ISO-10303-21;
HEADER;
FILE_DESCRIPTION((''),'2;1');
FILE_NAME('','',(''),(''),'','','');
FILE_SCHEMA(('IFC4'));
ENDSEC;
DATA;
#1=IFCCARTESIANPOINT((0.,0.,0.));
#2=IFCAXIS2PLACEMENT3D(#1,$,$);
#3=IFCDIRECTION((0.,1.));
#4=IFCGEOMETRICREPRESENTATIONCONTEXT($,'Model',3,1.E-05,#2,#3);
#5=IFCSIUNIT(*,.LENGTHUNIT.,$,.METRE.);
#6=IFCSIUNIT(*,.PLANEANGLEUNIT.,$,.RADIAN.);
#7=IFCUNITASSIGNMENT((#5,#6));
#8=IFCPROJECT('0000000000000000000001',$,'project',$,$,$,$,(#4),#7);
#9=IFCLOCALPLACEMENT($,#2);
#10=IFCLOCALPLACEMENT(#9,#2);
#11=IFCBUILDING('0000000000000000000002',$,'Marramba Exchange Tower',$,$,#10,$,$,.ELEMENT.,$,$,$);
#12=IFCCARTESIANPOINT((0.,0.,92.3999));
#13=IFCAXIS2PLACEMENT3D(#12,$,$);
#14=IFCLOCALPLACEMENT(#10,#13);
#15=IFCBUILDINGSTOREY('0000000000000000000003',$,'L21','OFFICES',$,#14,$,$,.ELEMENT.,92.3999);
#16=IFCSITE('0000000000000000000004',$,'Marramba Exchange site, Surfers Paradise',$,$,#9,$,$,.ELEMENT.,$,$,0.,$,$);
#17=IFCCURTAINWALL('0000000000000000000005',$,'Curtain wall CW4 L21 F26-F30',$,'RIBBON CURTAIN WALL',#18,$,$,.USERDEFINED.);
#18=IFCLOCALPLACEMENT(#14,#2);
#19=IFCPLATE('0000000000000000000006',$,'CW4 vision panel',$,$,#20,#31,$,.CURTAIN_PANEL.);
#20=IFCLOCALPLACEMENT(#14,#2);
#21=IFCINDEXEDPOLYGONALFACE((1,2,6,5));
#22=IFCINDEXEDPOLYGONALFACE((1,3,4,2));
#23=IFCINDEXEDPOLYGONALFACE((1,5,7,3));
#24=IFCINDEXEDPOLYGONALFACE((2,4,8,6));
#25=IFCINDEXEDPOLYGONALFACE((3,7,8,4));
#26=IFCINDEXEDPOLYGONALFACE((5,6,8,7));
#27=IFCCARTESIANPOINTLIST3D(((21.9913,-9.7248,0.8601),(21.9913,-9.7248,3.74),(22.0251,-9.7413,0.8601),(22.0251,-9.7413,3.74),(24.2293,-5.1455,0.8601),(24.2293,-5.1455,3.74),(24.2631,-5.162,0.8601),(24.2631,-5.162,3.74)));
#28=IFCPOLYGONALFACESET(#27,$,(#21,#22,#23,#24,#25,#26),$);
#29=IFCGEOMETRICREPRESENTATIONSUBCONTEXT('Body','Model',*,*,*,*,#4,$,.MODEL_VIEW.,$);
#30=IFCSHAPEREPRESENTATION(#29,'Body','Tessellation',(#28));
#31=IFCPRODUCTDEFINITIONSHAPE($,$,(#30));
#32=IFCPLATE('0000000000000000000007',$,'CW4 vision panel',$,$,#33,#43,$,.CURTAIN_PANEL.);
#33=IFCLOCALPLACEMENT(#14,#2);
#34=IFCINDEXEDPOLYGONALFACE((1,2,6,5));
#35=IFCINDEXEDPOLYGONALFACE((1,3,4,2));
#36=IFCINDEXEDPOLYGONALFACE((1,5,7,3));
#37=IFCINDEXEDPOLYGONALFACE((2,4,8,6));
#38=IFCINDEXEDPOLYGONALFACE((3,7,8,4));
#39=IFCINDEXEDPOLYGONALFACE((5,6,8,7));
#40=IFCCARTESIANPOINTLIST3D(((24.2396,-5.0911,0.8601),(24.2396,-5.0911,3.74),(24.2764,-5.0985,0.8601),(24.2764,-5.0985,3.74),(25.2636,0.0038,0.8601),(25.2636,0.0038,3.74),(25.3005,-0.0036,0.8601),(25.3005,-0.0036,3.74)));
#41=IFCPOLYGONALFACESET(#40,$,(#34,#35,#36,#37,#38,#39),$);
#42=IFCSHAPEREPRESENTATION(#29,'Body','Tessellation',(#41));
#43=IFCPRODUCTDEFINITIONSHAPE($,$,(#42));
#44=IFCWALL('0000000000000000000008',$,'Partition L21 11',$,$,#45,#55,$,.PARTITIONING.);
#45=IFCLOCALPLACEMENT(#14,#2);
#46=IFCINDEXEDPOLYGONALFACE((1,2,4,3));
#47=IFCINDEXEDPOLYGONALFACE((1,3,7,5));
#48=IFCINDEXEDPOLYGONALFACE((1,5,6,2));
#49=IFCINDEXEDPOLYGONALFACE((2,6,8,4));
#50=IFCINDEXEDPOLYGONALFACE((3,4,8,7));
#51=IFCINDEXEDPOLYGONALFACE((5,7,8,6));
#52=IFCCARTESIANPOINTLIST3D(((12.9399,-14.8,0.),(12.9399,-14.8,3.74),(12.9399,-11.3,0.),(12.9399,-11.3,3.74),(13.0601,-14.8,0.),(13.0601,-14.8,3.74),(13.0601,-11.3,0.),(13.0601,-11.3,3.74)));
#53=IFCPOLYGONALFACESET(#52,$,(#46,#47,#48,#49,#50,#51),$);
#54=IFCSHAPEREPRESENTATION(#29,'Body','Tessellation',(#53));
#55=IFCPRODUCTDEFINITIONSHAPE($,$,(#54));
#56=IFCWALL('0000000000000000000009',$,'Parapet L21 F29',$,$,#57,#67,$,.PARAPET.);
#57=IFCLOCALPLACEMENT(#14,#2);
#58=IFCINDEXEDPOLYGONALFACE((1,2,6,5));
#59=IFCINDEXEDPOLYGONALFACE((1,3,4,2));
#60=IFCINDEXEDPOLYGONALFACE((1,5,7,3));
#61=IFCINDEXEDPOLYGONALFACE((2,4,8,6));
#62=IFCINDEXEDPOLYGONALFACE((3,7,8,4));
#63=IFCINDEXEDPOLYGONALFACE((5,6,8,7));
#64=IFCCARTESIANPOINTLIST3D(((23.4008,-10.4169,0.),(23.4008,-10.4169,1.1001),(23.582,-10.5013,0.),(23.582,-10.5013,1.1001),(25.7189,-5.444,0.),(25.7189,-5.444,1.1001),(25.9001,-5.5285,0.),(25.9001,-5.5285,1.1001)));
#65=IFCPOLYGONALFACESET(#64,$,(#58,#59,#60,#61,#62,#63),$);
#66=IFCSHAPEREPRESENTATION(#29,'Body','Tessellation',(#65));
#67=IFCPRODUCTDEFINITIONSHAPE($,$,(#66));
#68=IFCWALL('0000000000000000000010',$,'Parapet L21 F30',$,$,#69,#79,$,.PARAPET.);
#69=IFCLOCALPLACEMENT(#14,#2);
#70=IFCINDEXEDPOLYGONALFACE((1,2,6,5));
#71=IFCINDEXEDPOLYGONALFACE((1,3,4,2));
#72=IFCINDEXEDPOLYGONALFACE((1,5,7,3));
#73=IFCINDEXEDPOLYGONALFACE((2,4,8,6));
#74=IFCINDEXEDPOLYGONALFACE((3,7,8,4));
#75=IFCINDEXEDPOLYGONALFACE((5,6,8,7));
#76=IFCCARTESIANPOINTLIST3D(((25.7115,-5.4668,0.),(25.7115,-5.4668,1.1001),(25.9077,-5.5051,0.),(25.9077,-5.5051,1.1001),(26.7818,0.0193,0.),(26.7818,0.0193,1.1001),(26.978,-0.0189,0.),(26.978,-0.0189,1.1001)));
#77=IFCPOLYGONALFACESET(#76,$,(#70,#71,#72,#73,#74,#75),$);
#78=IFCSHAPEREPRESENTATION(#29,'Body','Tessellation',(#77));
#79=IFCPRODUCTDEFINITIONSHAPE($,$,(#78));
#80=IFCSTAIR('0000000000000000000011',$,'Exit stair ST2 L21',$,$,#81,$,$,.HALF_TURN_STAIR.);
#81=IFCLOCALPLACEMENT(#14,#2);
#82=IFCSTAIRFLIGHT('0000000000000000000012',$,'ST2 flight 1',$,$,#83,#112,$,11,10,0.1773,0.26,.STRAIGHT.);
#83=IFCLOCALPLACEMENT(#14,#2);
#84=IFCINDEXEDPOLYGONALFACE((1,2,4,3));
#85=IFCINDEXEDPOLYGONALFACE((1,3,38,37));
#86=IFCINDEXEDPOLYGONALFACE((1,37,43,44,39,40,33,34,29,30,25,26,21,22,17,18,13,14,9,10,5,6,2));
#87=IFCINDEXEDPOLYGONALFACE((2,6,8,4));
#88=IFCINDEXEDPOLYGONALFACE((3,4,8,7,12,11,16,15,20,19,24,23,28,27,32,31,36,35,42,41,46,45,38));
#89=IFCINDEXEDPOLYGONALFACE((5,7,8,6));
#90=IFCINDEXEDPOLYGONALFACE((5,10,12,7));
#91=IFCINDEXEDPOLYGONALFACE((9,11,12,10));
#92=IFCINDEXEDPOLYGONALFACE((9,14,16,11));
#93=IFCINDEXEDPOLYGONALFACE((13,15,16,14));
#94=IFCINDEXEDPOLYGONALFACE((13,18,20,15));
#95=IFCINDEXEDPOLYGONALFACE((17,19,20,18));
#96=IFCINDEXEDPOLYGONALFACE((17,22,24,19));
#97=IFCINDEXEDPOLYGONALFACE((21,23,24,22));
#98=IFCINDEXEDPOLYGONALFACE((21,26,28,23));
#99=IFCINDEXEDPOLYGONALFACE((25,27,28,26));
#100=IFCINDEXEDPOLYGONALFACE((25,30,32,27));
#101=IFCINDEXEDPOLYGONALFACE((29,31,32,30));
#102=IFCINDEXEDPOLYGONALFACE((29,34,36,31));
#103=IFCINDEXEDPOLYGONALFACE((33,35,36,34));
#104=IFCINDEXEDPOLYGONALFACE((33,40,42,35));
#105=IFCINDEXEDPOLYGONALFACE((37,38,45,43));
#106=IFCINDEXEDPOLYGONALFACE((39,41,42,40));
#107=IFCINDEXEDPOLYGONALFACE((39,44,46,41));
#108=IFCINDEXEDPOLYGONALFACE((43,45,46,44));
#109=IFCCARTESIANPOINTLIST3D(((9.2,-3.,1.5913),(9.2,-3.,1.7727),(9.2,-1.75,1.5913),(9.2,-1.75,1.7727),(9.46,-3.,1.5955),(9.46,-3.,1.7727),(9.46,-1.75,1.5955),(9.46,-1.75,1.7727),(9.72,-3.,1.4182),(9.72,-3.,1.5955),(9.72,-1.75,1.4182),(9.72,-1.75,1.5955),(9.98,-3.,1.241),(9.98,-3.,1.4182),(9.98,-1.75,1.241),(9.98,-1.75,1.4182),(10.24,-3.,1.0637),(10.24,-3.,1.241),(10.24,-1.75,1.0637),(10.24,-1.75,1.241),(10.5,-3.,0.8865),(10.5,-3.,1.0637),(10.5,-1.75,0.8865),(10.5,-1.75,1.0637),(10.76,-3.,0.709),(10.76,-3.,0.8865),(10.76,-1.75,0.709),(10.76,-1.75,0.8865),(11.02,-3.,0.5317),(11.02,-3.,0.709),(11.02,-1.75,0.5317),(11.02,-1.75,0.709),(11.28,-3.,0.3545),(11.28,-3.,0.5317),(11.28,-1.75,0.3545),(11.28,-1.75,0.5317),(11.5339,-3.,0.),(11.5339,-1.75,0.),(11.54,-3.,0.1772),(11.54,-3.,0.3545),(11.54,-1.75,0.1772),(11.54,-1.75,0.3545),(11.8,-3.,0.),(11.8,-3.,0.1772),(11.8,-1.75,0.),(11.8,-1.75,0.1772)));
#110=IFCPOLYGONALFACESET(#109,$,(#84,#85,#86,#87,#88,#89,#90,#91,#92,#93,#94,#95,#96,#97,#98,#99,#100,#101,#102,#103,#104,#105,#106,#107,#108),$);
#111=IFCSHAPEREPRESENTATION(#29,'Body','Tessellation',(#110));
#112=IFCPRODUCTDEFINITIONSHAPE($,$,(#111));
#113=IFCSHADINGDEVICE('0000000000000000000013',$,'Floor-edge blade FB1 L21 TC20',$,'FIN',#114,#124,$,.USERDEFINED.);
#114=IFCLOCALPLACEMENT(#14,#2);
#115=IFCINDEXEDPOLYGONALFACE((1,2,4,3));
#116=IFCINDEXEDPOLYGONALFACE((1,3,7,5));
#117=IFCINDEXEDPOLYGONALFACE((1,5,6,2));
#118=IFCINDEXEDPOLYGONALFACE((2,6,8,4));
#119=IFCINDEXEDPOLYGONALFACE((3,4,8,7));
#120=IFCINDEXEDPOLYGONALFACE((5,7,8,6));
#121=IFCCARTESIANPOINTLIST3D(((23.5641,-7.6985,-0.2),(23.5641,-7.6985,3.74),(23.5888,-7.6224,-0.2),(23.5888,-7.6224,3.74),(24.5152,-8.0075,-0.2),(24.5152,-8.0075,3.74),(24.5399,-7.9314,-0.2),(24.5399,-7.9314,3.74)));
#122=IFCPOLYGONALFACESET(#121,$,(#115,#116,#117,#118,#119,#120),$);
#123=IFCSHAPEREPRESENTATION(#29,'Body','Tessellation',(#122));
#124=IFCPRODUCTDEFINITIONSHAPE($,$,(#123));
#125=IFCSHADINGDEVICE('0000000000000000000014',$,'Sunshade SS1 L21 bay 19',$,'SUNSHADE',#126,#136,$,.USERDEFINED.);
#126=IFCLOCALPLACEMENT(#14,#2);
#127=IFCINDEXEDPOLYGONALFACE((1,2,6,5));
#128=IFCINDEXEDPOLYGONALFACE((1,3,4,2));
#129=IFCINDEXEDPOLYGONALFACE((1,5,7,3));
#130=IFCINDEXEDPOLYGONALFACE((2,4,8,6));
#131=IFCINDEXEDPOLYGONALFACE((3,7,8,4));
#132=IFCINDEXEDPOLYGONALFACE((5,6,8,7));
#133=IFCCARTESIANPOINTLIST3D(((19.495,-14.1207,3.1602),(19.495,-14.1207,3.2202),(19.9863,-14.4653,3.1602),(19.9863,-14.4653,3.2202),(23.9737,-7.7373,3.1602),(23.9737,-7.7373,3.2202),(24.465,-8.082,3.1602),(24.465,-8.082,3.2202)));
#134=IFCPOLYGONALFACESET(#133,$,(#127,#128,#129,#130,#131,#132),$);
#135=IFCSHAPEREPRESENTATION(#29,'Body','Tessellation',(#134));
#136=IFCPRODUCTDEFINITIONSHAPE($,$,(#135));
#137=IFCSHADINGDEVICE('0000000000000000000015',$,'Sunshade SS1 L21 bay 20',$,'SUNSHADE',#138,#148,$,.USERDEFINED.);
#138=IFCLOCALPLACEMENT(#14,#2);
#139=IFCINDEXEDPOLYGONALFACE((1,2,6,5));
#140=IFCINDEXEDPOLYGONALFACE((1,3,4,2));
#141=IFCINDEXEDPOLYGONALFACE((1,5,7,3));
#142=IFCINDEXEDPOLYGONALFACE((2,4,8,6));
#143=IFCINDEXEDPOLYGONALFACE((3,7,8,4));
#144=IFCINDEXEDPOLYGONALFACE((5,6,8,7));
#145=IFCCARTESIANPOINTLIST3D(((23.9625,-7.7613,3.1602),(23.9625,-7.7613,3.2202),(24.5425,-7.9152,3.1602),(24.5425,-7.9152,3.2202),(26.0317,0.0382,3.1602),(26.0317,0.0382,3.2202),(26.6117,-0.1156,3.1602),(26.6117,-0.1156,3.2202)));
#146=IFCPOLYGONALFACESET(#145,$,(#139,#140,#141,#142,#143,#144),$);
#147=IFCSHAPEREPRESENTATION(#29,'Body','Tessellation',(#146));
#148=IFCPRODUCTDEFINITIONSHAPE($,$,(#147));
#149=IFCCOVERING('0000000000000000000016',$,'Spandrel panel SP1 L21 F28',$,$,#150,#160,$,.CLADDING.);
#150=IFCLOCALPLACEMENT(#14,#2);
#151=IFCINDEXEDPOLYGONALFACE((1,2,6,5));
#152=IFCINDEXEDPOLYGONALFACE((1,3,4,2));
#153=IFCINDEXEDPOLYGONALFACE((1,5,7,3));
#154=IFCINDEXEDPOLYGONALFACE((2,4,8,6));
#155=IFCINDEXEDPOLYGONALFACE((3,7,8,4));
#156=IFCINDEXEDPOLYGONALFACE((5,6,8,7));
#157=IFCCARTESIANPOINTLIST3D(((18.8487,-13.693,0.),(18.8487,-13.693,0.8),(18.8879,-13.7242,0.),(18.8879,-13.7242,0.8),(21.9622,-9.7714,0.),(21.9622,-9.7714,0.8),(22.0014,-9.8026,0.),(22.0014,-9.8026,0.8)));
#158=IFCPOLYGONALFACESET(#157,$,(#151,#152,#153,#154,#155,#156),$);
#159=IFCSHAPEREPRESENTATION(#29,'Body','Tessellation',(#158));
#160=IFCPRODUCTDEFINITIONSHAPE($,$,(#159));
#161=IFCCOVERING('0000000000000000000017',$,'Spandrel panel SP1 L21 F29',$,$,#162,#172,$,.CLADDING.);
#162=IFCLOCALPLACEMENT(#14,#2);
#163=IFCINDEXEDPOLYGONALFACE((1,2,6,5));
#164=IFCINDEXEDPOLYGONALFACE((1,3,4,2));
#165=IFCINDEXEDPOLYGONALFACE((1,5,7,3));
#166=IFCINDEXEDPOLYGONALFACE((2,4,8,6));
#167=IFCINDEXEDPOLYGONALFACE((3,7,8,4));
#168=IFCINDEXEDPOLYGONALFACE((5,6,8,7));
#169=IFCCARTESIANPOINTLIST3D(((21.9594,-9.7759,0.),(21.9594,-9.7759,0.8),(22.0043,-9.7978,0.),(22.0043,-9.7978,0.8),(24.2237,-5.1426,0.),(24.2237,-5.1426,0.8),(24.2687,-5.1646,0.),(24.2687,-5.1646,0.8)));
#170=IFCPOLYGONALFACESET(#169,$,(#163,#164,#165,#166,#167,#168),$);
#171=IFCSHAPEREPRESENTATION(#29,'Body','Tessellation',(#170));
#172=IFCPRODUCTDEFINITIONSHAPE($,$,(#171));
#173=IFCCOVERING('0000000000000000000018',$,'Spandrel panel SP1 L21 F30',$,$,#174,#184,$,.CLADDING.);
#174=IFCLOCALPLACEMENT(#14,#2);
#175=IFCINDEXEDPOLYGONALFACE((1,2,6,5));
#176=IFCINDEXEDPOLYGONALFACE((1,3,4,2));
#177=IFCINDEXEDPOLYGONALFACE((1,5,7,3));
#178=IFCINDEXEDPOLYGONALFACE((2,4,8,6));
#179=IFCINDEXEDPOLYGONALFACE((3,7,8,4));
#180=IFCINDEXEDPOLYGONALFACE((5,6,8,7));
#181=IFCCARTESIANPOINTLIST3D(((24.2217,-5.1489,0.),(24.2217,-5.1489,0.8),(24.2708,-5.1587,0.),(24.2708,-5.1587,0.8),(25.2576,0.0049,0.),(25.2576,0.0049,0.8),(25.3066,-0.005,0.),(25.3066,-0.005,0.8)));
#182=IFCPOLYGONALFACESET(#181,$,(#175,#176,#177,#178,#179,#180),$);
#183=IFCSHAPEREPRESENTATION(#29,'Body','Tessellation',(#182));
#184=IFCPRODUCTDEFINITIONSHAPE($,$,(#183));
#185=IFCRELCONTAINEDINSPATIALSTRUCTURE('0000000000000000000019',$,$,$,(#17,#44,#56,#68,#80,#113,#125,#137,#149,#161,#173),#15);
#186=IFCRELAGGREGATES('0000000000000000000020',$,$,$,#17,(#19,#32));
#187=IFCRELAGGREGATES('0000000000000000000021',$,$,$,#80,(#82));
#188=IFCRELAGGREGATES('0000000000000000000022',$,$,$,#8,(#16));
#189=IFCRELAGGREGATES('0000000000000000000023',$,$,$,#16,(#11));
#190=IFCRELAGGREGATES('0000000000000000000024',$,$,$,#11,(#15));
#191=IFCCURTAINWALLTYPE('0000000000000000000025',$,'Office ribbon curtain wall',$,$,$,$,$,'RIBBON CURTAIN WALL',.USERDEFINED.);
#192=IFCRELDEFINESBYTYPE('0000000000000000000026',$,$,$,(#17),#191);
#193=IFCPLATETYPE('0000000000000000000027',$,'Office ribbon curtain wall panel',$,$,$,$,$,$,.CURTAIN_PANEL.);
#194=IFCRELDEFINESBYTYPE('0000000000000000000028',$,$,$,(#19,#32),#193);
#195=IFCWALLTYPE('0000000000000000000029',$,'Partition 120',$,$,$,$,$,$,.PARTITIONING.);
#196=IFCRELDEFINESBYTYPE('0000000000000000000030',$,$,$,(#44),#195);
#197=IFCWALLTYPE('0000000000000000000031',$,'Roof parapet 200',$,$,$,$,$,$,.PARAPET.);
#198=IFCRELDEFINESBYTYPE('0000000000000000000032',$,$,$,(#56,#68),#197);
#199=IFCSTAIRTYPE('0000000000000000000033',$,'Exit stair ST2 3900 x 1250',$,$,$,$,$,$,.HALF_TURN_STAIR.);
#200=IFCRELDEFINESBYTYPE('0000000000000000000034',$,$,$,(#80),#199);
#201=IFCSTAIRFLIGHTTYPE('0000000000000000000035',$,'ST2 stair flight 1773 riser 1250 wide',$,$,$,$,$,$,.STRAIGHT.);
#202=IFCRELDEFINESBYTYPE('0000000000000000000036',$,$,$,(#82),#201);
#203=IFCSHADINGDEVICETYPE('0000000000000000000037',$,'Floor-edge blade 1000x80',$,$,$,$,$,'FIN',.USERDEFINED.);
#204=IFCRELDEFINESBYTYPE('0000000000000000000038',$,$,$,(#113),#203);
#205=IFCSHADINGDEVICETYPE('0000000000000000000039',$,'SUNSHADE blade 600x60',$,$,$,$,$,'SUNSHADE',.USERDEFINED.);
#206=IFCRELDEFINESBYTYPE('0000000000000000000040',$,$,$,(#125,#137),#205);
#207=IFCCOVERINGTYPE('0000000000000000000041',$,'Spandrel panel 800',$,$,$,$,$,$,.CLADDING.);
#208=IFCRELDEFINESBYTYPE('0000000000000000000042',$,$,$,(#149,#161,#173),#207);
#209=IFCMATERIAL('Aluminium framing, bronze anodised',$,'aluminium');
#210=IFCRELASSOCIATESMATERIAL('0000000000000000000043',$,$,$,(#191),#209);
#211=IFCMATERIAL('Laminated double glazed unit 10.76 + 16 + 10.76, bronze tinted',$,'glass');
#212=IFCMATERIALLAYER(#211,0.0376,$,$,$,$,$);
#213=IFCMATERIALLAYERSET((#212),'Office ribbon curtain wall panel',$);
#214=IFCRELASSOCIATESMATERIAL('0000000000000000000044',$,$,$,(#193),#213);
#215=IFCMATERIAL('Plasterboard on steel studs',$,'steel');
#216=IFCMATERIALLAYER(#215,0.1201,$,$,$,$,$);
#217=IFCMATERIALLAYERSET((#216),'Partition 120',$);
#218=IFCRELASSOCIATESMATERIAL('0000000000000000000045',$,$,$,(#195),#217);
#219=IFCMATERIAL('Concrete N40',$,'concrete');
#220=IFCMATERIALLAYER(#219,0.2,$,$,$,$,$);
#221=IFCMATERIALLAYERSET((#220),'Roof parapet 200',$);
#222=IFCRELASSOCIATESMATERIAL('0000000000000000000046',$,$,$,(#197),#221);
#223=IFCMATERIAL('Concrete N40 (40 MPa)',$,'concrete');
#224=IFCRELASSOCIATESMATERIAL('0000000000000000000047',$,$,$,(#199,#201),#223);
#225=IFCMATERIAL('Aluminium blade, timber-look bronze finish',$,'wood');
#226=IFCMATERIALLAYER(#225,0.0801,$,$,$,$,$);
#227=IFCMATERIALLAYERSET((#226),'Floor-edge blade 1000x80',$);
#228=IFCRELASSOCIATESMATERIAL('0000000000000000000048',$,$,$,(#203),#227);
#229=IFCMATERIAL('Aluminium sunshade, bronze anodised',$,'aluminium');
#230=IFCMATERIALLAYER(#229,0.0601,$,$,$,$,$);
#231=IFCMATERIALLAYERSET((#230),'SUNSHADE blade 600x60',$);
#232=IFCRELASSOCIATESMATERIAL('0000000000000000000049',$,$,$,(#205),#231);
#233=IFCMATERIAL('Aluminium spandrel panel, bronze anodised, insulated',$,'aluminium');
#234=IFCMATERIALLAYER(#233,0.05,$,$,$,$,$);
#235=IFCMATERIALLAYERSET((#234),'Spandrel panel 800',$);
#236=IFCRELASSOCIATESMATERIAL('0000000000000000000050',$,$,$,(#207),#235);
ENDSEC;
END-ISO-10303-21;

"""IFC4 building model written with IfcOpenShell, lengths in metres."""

from ifc_helpers import new_model, si_unit, direction, frame, frame_2d, origin, origin_2d, place, context, subcontext, project, spatial, polyline, rectangle, outline, extrude, material, layer, layer_set, type_object, element, aggregate, save


model = new_model("IFC4")

# Units and contexts
model_context = context("Model", 3, precision=1e-05, world=origin(), true_north=direction((0.0, 1.0)))
body_context = subcontext(model_context, "Body", "Model", "MODEL_VIEW")
ifc_project = project(units=[si_unit("LENGTHUNIT", "METRE"), si_unit("PLANEANGLEUNIT", "RADIAN")], contexts=[model_context])

# Site, building, storey
site_placement = place(None, origin())
site = spatial("IfcSite", under=ifc_project, at=site_placement, Name="Marramba Exchange site, Surfers Paradise", CompositionType="ELEMENT", RefElevation=0.0)
building_placement = place(site_placement, origin())
building = spatial("IfcBuilding", under=site, at=building_placement, Name="Marramba Exchange Tower", CompositionType="ELEMENT")
storey_placement = place(building_placement, frame((0.0, 0.0, 92.3999)))
storey = spatial("IfcBuildingStorey", under=building, at=storey_placement, Name="L21", Description="OFFICES", CompositionType="ELEMENT", Elevation=92.3999)

# Curtain wall
ifc_material_1 = material(Name="Aluminium framing, bronze anodised", Category="aluminium")
curtain_wall_type = type_object("IfcCurtainWallType", Name="Office ribbon curtain wall", ElementType="RIBBON CURTAIN WALL", PredefinedType="USERDEFINED", material=ifc_material_1)
curtain_wall_placement = place(storey_placement, origin())
curtain_wall = element("IfcCurtainWall", 1, at=curtain_wall_placement, inside=storey, type_object=curtain_wall_type, Name="Curtain wall CW4 L21 F26-F30", ObjectType="RIBBON CURTAIN WALL", PredefinedType="USERDEFINED")

# Plates
ifc_material_2 = material(Name="Laminated double glazed unit 10.76 + 16 + 10.76, bronze tinted", Category="glass")
ifc_layer_1 = layer(ifc_material_2, 0.0376)
ifc_layer_set_1 = layer_set([ifc_layer_1], Name="Office ribbon curtain wall panel")
plate_type = type_object("IfcPlateType", Name="Office ribbon curtain wall panel", PredefinedType="CURTAIN_PANEL", material=ifc_layer_set_1)
plate_1_placement = place(storey_placement, frame((23.1272, -7.4434, 0.8601), z_axis=(0.0, 0.0, 1.0), x_axis=(0.439086, 0.898445, 0.0)))
plate_1 = element("IfcPlate", 2, at=plate_1_placement, type_object=plate_type, Name="CW4 vision panel", PredefinedType="CURTAIN_PANEL", context=body_context, shape_type="SweptSolid", body=[
    extrude(rectangle(XDim=5.0969, YDim=0.0376, at=origin_2d()), origin(), (0.0, 0.0, 1.0), 2.8799),
])
plate_2_placement = place(storey_placement, frame((24.77, -2.5474, 0.8601), z_axis=(0.0, 0.0, 1.0), x_axis=(0.197049, 0.980394, 0.0)))
plate_2 = element("IfcPlate", 3, at=plate_2_placement, type_object=plate_type, Name="CW4 vision panel", PredefinedType="CURTAIN_PANEL", context=body_context, shape_type="SweptSolid", body=[
    extrude(rectangle(XDim=5.1968, YDim=0.0376, at=origin_2d()), origin(), (0.0, 0.0, 1.0), 2.8799),
])
aggregate(curtain_wall, [plate_1, plate_2])

# Walls
ifc_material_3 = material(Name="Plasterboard on steel studs", Category="steel")
ifc_layer_2 = layer(ifc_material_3, 0.1201)
ifc_layer_set_2 = layer_set([ifc_layer_2], Name="Partition 120")
wall_type_1 = type_object("IfcWallType", Name="Partition 120", PredefinedType="PARTITIONING", material=ifc_layer_set_2)
wall_1_placement = place(storey_placement, frame((13.0, -11.3, 0.0), z_axis=(0.0, 0.0, 1.0), x_axis=(0.0, -1.0, 0.0)))
element("IfcWall", 4, at=wall_1_placement, inside=storey, type_object=wall_type_1, Name="Partition L21 11", PredefinedType="PARTITIONING", context=body_context, shape_type="SweptSolid", body=[
    extrude(rectangle(XDim=3.5, YDim=0.1201, at=frame_2d((1.75, 0.0))), origin(), (0.0, 0.0, 1.0), 3.74),
])
ifc_material_4 = material(Name="Concrete N40", Category="concrete")
ifc_layer_3 = layer(ifc_material_4, 0.2)
ifc_layer_set_3 = layer_set([ifc_layer_3], Name="Roof parapet 200")
wall_type_2 = type_object("IfcWallType", Name="Roof parapet 200", PredefinedType="PARAPET", material=ifc_layer_set_3)
wall_2_placement = place(storey_placement, frame((23.4915, -10.459, 0.0), z_axis=(0.0, 0.0, 1.0), x_axis=(0.422501, 0.906363, 0.0)))
element("IfcWall", 5, at=wall_2_placement, inside=storey, type_object=wall_type_2, Name="Parapet L21 F29", PredefinedType="PARAPET", context=body_context, shape_type="SweptSolid", body=[
    extrude(rectangle(XDim=5.4866, YDim=0.2, at=frame_2d((2.7432, 0.0))), origin(), (0.0, 0.0, 1.0), 1.1001),
])
wall_3_placement = place(storey_placement, frame((25.8096, -5.4861, 0.0), z_axis=(0.0, 0.0, 1.0), x_axis=(0.191486, 0.981495, 0.0)))
element("IfcWall", 6, at=wall_3_placement, inside=storey, type_object=wall_type_2, Name="Parapet L21 F30", PredefinedType="PARAPET", context=body_context, shape_type="SweptSolid", body=[
    extrude(rectangle(XDim=5.5896, YDim=0.2, at=frame_2d((2.7949, 0.0))), origin(), (0.0, 0.0, 1.0), 1.1001),
])

# Stair, stair flight
ifc_material_5 = material(Name="Concrete N40 (40 MPa)", Category="concrete")
stair_type = type_object("IfcStairType", Name="Exit stair ST2 3900 x 1250", PredefinedType="HALF_TURN_STAIR", material=ifc_material_5)
stair_placement = place(storey_placement, origin())
stair = element("IfcStair", 7, at=stair_placement, inside=storey, type_object=stair_type, Name="Exit stair ST2 L21", PredefinedType="HALF_TURN_STAIR")
stair_flight_type = type_object("IfcStairFlightType", Name="ST2 stair flight 1773 riser 1250 wide", PredefinedType="STRAIGHT", material=ifc_material_5)
stair_flight_placement = place(storey_placement, frame((11.8, -2.375, 0.0), z_axis=(0.0, 0.0, 1.0), x_axis=(-1.0, 0.0, 0.0)))
stair_flight = element("IfcStairFlight", 8, at=stair_flight_placement, type_object=stair_flight_type, Name="ST2 flight 1", NumberOfRisers=11, NumberOfTreads=10, PredefinedType="STRAIGHT", RiserHeight=0.1773, TreadLength=0.26, context=body_context, shape_type="SweptSolid", body=[
    extrude(outline(polyline([(0.0, 0.0), (0.0, 0.1772), (0.26, 0.1772), (0.26, 0.3545), (0.52, 0.3545), (0.52, 0.5317), (0.78, 0.5317), (0.78, 0.709), (1.04, 0.709), (1.04, 0.8865), (1.3, 0.8865), (1.3, 1.0637), (1.5601, 1.0637), (1.5601, 1.241), (1.8201, 1.241), (1.8201, 1.4182), (2.0801, 1.4182), (2.0801, 1.5955), (2.3401, 1.5955), (2.3401, 1.7727), (2.6001, 1.7727), (2.6001, 1.95), (2.6001, 1.5913), (0.2661, 0.0), (0.0, 0.0)])), frame((0.0, 0.625, 0.0), z_axis=(0.0, -1.0, 0.0), x_axis=(1.0, 0.0, 0.0)), (0.0, 0.0, 1.0), 1.25),
])
aggregate(stair, [stair_flight])

# Shading devices
ifc_material_6 = material(Name="Aluminium blade, timber-look bronze finish", Category="wood")
ifc_layer_4 = layer(ifc_material_6, 0.0801)
ifc_layer_set_4 = layer_set([ifc_layer_4], Name="Floor-edge blade 1000x80")
shading_device_type_1 = type_object("IfcShadingDeviceType", Name="Floor-edge blade 1000x80", ElementType="FIN", PredefinedType="USERDEFINED", material=ifc_layer_set_4)
shading_device_1_placement = place(storey_placement, frame((24.052, -7.8149, -0.2), z_axis=(0.0, 0.0, 1.0), x_axis=(0.951057, -0.309017, 0.0)))
element("IfcShadingDevice", 9, at=shading_device_1_placement, inside=storey, type_object=shading_device_type_1, Name="Floor-edge blade FB1 L21 TC20", ObjectType="FIN", PredefinedType="USERDEFINED", context=body_context, shape_type="SweptSolid", body=[
    extrude(rectangle(XDim=1.0, YDim=0.0801, at=origin_2d()), origin(), (0.0, 0.0, 1.0), 3.9399),
])
ifc_material_7 = material(Name="Aluminium sunshade, bronze anodised", Category="aluminium")
ifc_layer_5 = layer(ifc_material_7, 0.0601)
ifc_layer_set_5 = layer_set([ifc_layer_5], Name="SUNSHADE blade 600x60")
shading_device_type_2 = type_object("IfcShadingDeviceType", Name="SUNSHADE blade 600x60", ElementType="SUNSHADE", PredefinedType="USERDEFINED", material=ifc_layer_set_5)
shading_device_2_placement = place(storey_placement, frame((21.98, -11.1013, 3.1602), z_axis=(0.0, 0.0, 1.0), x_axis=(0.574351, 0.818609, 0.0)))
element("IfcShadingDevice", 10, at=shading_device_2_placement, inside=storey, type_object=shading_device_type_2, Name="Sunshade SS1 L21 bay 19", ObjectType="SUNSHADE", PredefinedType="USERDEFINED", context=body_context, shape_type="SweptSolid", body=[
    extrude(rectangle(XDim=7.7979, YDim=0.6001, at=origin_2d()), origin(), (0.0, 0.0, 1.0), 0.0601),
])
shading_device_3_placement = place(storey_placement, frame((25.2871, -3.9385, 3.1602), z_axis=(0.0, 0.0, 1.0), x_axis=(0.256423, 0.966565, 0.0)))
element("IfcShadingDevice", 11, at=shading_device_3_placement, inside=storey, type_object=shading_device_type_2, Name="Sunshade SS1 L21 bay 20", ObjectType="SUNSHADE", PredefinedType="USERDEFINED", context=body_context, shape_type="SweptSolid", body=[
    extrude(rectangle(XDim=8.0693, YDim=0.6001, at=origin_2d()), origin(), (0.0, 0.0, 1.0), 0.0601),
])

# Coverings
ifc_material_8 = material(Name="Aluminium spandrel panel, bronze anodised, insulated", Category="aluminium")
ifc_layer_6 = layer(ifc_material_8, 0.05)
ifc_layer_set_6 = layer_set([ifc_layer_6], Name="Spandrel panel 800")
covering_type = type_object("IfcCoveringType", Name="Spandrel panel 800", PredefinedType="CLADDING", material=ifc_layer_set_6)
covering_1_placement = place(storey_placement, frame((20.425, -11.7478, 0.0), z_axis=(0.0, 0.0, 1.0), x_axis=(0.621807, 0.78317, 0.0)))
element("IfcCovering", 12, at=covering_1_placement, inside=storey, type_object=covering_type, Name="Spandrel panel SP1 L21 F28", PredefinedType="CLADDING", context=body_context, shape_type="SweptSolid", body=[
    extrude(rectangle(XDim=5.0073, YDim=0.05, at=origin_2d()), origin(), (0.0, 0.0, 1.0), 0.8),
])
covering_2_placement = place(storey_placement, frame((23.114, -7.4702, 0.0), z_axis=(0.0, 0.0, 1.0), x_axis=(0.439086, 0.898445, 0.0)))
element("IfcCovering", 13, at=covering_2_placement, inside=storey, type_object=covering_type, Name="Spandrel panel SP1 L21 F29", PredefinedType="CLADDING", context=body_context, shape_type="SweptSolid", body=[
    extrude(rectangle(XDim=5.157, YDim=0.05, at=origin_2d()), origin(), (0.0, 0.0, 1.0), 0.8),
])
covering_3_placement = place(storey_placement, frame((24.7642, -2.5769, 0.0), z_axis=(0.0, 0.0, 1.0), x_axis=(0.197049, 0.980394, 0.0)))
element("IfcCovering", 14, at=covering_3_placement, inside=storey, type_object=covering_type, Name="Spandrel panel SP1 L21 F30", PredefinedType="CLADDING", context=body_context, shape_type="SweptSolid", body=[
    extrude(rectangle(XDim=5.2568, YDim=0.05, at=origin_2d()), origin(), (0.0, 0.0, 1.0), 0.8),
])

save(model, "model.ifc")
